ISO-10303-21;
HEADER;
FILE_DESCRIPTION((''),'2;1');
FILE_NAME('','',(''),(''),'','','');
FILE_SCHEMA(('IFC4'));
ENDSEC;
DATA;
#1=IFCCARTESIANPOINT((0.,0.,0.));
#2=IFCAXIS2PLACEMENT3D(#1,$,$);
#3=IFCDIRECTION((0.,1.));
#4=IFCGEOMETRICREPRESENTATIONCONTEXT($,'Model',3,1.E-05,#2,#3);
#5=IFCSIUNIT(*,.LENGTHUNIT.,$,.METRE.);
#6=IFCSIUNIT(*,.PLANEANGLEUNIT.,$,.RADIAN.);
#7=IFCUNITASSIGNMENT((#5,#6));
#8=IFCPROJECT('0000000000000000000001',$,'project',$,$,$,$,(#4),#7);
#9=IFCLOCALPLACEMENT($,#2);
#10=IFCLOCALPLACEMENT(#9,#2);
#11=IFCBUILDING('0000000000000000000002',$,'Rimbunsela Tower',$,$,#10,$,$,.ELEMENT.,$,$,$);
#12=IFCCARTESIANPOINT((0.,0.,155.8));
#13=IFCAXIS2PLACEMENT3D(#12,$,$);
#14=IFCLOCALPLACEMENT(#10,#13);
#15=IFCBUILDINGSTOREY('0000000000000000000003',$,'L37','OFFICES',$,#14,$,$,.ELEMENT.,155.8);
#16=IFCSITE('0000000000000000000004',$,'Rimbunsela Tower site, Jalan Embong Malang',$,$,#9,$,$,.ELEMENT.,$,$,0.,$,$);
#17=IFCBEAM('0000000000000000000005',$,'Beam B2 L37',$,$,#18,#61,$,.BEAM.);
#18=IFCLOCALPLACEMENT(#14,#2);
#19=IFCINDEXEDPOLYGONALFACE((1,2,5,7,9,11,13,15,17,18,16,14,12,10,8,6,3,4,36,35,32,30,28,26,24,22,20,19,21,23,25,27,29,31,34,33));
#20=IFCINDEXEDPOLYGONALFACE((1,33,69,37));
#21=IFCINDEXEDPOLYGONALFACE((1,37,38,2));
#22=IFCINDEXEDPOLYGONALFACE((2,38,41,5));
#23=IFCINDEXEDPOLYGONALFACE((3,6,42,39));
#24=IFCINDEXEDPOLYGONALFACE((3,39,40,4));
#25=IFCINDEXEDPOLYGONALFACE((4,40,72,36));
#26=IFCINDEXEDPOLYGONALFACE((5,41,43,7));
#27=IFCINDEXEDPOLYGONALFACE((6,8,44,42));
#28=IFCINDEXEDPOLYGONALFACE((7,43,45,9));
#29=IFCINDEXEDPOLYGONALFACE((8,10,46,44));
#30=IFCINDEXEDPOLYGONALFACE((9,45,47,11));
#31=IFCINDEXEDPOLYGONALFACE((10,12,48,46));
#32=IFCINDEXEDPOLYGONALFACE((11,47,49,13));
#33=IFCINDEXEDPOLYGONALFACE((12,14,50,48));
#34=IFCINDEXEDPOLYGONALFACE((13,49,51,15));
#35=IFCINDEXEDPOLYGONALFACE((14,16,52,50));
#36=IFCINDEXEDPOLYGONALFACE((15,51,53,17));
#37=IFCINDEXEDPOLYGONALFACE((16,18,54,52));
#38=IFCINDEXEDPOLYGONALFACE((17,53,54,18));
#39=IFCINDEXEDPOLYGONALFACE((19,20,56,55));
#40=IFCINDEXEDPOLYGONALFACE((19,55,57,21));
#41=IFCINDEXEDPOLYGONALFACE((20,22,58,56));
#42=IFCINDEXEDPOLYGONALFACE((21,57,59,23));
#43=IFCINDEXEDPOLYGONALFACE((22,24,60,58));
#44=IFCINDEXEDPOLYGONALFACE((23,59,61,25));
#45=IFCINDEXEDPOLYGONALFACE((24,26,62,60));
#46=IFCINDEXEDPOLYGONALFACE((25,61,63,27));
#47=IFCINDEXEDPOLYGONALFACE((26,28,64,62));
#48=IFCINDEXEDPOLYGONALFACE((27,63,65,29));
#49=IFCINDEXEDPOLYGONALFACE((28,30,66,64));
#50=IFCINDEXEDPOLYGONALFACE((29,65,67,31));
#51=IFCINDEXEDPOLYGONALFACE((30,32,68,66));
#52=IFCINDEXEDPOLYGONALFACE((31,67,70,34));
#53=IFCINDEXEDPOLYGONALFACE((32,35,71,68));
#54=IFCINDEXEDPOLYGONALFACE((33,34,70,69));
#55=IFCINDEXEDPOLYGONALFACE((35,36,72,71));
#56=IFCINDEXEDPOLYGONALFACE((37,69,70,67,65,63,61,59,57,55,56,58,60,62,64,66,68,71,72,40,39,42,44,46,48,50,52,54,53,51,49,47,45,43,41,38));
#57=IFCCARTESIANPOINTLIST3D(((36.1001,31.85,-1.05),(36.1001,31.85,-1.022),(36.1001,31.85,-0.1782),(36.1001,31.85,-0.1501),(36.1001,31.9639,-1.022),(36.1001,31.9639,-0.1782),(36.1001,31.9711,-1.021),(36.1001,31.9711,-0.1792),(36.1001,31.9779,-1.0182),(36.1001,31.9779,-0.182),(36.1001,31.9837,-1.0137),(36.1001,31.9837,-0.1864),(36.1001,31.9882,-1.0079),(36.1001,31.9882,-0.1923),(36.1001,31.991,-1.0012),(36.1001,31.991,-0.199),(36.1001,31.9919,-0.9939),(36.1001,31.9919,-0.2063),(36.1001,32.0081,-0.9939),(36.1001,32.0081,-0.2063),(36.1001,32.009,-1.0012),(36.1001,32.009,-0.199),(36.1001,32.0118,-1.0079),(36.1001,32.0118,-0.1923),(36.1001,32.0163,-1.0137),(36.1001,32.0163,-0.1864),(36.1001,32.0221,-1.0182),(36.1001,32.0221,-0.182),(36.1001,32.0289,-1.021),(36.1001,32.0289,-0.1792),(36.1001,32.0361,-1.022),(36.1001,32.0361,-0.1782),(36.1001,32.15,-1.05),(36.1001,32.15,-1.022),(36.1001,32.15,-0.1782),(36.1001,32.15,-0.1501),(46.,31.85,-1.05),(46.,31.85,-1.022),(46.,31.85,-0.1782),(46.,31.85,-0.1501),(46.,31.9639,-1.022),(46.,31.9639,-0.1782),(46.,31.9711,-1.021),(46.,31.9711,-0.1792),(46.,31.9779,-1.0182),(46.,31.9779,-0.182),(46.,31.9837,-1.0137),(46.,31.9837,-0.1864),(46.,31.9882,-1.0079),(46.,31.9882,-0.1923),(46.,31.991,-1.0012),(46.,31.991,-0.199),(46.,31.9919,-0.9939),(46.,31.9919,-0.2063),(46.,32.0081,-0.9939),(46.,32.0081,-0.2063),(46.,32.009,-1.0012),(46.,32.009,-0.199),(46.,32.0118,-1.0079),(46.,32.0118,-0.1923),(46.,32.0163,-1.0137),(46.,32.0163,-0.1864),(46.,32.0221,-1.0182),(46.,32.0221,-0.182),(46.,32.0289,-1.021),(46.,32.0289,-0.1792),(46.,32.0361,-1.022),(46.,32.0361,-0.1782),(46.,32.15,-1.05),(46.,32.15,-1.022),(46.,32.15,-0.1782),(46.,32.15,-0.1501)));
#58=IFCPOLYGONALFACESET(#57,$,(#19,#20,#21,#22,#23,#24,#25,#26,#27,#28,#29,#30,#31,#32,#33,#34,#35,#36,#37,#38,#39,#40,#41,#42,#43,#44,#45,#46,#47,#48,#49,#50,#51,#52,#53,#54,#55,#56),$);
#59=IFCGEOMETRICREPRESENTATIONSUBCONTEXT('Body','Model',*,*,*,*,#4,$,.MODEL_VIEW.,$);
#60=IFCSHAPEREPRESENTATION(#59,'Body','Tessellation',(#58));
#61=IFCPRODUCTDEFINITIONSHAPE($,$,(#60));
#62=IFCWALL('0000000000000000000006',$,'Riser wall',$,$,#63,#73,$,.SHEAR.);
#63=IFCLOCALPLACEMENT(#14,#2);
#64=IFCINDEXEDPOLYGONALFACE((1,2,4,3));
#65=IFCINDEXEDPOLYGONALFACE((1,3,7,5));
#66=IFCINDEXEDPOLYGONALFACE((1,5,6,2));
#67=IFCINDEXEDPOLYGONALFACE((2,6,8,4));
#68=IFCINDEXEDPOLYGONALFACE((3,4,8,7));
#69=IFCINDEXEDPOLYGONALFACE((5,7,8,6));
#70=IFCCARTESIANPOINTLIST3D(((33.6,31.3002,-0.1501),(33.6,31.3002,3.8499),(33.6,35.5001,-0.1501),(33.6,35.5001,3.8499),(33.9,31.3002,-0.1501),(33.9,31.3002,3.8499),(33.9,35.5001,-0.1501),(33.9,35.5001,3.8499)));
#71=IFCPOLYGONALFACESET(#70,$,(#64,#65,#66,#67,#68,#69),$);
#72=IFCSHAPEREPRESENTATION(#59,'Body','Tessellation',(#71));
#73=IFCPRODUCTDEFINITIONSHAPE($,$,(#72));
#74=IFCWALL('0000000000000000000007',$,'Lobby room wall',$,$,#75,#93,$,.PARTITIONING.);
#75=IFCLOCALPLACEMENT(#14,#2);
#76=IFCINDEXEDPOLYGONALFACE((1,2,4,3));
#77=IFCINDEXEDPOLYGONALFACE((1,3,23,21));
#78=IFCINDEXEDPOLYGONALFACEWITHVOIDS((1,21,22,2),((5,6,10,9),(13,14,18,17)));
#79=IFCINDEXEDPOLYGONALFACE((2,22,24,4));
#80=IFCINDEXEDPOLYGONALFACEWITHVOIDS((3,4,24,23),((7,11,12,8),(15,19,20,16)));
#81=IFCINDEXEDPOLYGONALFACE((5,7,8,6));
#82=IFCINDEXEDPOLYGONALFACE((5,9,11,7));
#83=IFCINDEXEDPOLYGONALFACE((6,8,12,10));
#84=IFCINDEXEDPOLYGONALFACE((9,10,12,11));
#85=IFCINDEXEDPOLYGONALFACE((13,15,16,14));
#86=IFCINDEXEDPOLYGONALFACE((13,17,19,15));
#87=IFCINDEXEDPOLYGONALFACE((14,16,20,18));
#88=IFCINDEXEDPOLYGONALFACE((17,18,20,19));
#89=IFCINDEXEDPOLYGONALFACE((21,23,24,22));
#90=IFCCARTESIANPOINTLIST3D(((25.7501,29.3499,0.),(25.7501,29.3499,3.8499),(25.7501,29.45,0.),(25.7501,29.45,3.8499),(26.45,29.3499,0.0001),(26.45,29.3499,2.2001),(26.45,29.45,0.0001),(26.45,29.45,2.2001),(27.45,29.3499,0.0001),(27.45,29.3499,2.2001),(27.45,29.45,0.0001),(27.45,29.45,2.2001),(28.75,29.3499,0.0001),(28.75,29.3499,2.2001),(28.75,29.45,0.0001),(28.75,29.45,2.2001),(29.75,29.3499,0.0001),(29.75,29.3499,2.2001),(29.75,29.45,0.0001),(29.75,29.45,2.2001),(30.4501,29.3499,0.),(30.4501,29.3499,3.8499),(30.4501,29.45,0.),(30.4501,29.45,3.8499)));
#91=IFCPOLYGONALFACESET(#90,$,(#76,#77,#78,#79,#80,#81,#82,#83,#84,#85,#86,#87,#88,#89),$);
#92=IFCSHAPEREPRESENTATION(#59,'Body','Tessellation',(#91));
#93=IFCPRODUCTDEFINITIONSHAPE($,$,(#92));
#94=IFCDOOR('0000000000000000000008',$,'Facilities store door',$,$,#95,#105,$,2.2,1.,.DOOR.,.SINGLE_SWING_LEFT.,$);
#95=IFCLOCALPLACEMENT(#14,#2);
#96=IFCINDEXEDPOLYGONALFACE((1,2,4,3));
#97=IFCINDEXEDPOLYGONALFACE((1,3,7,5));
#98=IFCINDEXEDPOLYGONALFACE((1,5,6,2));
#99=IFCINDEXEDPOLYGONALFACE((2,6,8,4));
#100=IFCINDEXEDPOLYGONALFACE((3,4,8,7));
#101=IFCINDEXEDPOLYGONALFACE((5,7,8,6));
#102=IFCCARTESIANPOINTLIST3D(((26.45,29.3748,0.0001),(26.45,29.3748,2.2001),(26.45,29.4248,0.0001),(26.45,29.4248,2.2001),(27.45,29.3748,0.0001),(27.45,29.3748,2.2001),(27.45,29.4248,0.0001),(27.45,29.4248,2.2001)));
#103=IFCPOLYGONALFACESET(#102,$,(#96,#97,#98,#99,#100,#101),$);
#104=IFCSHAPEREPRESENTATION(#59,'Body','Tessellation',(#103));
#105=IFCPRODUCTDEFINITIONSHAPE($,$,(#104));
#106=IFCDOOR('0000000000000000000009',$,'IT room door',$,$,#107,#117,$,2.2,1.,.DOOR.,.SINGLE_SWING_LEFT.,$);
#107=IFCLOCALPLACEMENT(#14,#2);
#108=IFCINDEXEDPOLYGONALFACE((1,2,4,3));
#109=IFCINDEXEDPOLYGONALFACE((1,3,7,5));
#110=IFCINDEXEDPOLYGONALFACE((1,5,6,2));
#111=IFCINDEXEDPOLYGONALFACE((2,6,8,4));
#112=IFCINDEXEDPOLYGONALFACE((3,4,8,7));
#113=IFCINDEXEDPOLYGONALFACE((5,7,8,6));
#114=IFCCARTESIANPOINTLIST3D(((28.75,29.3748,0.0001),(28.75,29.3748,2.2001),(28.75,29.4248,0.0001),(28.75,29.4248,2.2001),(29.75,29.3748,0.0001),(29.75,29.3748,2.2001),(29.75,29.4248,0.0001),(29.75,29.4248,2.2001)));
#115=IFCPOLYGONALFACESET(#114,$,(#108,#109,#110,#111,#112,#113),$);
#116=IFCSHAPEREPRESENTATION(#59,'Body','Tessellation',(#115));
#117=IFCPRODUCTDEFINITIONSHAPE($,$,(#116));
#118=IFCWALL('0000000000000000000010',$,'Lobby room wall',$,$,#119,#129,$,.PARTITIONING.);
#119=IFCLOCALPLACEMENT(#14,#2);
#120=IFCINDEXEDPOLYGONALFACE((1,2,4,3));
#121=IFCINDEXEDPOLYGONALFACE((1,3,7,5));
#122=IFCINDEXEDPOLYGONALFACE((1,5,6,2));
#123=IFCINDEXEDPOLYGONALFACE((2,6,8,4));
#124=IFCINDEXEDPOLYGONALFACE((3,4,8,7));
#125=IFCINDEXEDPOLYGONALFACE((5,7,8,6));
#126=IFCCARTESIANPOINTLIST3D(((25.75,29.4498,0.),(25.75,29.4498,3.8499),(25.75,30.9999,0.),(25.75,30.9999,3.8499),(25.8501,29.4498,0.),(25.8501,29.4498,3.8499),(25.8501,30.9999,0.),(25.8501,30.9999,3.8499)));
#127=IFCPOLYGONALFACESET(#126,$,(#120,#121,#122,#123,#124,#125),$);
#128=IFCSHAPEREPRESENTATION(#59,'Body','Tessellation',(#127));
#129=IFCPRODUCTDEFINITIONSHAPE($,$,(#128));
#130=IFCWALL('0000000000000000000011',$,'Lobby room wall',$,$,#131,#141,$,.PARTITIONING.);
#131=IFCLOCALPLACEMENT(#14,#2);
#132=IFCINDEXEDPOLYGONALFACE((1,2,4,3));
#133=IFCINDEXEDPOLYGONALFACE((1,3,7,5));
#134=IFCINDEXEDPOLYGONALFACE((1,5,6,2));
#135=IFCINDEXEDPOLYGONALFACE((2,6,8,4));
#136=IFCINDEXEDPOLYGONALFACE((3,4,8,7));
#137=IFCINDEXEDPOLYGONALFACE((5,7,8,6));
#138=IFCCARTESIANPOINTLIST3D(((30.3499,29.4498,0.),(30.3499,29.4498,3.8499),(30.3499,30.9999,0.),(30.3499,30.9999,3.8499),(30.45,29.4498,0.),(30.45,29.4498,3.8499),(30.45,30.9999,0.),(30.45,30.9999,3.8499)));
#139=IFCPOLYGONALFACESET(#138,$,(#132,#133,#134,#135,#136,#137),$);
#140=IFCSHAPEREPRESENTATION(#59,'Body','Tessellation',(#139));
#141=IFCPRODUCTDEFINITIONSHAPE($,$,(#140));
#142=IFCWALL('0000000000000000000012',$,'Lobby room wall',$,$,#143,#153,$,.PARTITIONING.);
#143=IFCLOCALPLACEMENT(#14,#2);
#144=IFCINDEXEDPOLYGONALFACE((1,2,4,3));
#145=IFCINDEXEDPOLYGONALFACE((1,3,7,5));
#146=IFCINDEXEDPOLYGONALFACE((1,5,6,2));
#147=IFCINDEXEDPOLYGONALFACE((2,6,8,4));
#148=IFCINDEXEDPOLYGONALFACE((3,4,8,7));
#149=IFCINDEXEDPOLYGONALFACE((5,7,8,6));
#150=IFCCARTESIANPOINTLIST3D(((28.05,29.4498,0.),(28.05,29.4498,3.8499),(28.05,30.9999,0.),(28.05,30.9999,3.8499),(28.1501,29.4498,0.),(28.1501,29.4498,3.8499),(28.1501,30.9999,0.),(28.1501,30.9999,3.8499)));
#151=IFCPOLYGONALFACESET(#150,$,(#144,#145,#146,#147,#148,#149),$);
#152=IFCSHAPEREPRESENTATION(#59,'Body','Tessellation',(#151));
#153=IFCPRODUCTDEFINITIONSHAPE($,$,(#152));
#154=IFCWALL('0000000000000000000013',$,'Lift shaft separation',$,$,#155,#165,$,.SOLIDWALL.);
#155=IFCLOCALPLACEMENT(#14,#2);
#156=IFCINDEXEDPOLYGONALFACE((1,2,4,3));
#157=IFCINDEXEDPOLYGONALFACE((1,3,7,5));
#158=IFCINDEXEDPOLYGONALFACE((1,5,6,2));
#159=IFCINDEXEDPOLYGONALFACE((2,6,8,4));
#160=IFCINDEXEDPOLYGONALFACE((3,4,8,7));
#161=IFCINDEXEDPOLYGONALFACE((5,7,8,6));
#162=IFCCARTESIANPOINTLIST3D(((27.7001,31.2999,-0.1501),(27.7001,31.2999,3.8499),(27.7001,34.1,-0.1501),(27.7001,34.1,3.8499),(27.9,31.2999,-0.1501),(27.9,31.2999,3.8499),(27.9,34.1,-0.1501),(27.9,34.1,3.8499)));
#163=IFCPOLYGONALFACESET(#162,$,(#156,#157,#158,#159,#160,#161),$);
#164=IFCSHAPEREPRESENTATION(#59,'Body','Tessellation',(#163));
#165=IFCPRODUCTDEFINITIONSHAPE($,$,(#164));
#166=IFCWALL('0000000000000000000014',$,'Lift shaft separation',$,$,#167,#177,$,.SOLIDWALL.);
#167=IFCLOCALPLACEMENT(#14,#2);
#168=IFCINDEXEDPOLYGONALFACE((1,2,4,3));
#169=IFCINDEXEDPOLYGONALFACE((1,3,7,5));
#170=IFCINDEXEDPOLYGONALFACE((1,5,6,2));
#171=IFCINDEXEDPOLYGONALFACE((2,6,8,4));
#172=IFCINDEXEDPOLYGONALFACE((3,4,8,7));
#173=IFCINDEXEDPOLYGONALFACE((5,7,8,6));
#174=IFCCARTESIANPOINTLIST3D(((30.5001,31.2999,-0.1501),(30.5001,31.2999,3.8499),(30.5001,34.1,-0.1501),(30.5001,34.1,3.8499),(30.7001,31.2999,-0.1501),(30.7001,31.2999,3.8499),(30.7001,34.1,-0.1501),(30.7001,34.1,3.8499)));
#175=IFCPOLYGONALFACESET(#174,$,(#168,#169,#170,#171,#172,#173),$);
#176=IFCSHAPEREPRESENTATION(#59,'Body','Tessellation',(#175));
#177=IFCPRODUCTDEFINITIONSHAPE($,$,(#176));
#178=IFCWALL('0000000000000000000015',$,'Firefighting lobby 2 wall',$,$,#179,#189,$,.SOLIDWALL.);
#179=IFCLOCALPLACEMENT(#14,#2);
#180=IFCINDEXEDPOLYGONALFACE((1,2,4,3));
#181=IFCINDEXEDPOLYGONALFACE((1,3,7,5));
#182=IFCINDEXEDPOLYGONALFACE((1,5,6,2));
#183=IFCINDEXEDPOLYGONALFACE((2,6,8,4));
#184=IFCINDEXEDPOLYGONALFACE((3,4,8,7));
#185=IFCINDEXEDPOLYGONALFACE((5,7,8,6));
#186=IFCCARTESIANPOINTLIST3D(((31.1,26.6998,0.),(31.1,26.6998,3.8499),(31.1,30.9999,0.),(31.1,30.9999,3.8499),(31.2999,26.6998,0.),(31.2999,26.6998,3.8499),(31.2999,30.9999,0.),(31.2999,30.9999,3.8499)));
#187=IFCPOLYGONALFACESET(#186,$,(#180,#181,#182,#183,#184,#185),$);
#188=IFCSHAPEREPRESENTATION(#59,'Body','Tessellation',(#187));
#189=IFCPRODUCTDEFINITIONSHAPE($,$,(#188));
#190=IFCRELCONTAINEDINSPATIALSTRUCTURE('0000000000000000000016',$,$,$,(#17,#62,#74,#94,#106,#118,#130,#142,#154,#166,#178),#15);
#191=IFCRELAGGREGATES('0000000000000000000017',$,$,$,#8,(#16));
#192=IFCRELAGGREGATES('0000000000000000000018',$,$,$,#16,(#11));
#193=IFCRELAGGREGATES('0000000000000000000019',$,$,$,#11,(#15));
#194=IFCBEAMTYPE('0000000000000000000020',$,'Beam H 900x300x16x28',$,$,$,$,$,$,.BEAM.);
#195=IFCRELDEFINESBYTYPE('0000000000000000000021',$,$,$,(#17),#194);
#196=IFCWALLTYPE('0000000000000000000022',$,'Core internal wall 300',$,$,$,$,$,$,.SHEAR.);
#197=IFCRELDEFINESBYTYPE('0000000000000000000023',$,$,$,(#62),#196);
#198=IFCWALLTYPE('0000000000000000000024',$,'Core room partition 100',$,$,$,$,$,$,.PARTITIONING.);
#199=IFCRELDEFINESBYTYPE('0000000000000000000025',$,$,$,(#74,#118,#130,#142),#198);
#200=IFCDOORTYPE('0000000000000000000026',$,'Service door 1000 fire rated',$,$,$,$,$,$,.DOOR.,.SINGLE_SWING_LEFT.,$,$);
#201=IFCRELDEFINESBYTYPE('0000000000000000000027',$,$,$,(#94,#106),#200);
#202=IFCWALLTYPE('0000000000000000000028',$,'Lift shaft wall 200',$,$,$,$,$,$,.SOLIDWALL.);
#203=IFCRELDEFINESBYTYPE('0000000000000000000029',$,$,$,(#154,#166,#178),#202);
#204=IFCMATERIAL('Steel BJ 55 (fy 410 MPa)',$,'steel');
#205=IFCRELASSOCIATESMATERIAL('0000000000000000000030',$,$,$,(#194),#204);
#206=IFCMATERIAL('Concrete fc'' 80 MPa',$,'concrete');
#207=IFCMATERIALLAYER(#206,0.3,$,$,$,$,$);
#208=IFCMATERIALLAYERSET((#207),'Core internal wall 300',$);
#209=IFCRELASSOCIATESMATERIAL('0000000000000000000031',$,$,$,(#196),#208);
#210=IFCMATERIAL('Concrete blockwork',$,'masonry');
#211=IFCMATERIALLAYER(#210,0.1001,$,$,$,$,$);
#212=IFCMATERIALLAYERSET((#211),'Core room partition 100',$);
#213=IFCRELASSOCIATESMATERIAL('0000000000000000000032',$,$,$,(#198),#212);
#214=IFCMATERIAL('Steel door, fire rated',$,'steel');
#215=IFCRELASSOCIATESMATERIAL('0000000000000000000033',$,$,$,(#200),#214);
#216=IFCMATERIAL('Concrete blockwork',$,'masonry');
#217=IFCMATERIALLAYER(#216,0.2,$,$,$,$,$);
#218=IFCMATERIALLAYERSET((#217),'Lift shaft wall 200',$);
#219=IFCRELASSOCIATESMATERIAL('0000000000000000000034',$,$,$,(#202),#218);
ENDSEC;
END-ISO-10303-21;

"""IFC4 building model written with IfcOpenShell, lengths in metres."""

from ifc_helpers import new_model, si_unit, direction, frame, frame_2d, origin, origin_2d, place, context, subcontext, project, spatial, rectangle, i_section, extrude, material, layer, layer_set, material_profile, profile_set, type_object, element, fill, save


model = new_model("IFC4")

# Units and contexts
model_context = context("Model", 3, precision=1e-05, world=origin(), true_north=direction((0.0, 1.0)))
body_context = subcontext(model_context, "Body", "Model", "MODEL_VIEW")
ifc_project = project(units=[si_unit("LENGTHUNIT", "METRE"), si_unit("PLANEANGLEUNIT", "RADIAN")], contexts=[model_context])

# Site, building, storey
site_placement = place(None, origin())
site = spatial("IfcSite", under=ifc_project, at=site_placement, Name="Rimbunsela Tower site, Jalan Embong Malang", CompositionType="ELEMENT", RefElevation=0.0)
building_placement = place(site_placement, origin())
building = spatial("IfcBuilding", under=site, at=building_placement, Name="Rimbunsela Tower", CompositionType="ELEMENT")
storey_placement = place(building_placement, frame((0.0, 0.0, 155.8)))
storey = spatial("IfcBuildingStorey", under=building, at=storey_placement, Name="L37", Description="OFFICES", CompositionType="ELEMENT", Elevation=155.8)

# Beam
ifc_material_1 = material(Name="Steel BJ 55 (fy 410 MPa)", Category="steel")
ifc_material_profile_1 = material_profile(ifc_material_1, i_section(OverallWidth=0.3, OverallDepth=0.8999, WebThickness=0.0161, FlangeThickness=0.0281, FilletRadius=0.0281, at=origin_2d()), Name="H 900x300x16x28")
ifc_profile_set_1 = profile_set([ifc_material_profile_1], Name="Steel BJ 55 (fy 410 MPa)")
beam_type_1 = type_object("IfcBeamType", Name="Beam H 900x300x16x28", PredefinedType="BEAM", material=ifc_profile_set_1)
for number, where, z_axis, x_axis, name in (
    (1, (36.1001, 32.0, -0.6001), (1.0, 0.0, 0.0), (0.0, 1.0, 0.0), "Beam B2 L37"),
):
    element("IfcBeam", number, at=place(storey_placement, frame(where, z_axis=z_axis, x_axis=x_axis)), inside=storey, type_object=beam_type_1, Name=name, PredefinedType="BEAM", context=body_context, shape_type="SweptSolid", body=[
        extrude(i_section(OverallWidth=0.3, OverallDepth=0.8999, WebThickness=0.0161, FlangeThickness=0.0281, FilletRadius=0.0281, at=origin_2d()), origin(), (0.0, 0.0, 1.0), 9.8999),
    ])

# Wall
ifc_material_2 = material(Name="Concrete fc' 80 MPa", Category="concrete")
ifc_layer_1 = layer(ifc_material_2, 0.3)
ifc_layer_set_1 = layer_set([ifc_layer_1], Name="Core internal wall 300")
wall_type_1 = type_object("IfcWallType", Name="Core internal wall 300", PredefinedType="SHEAR", material=ifc_layer_set_1)
wall_1_placement = place(storey_placement, frame((33.75, 31.3, -0.1501), z_axis=(0.0, 0.0, 1.0), x_axis=(0.0, 1.0, 0.0)))
element("IfcWall", 2, at=wall_1_placement, inside=storey, type_object=wall_type_1, Name="Riser wall", PredefinedType="SHEAR", context=body_context, shape_type="SweptSolid", body=[
    extrude(rectangle(XDim=4.2, YDim=0.3, at=frame_2d((2.1001, 0.0))), origin(), (0.0, 0.0, 1.0), 4.0),
])

# Wall, openings, doors
ifc_material_3 = material(Name="Concrete blockwork", Category="masonry")
ifc_layer_2 = layer(ifc_material_3, 0.1001)
ifc_layer_set_2 = layer_set([ifc_layer_2], Name="Core room partition 100")
wall_type_2 = type_object("IfcWallType", Name="Core room partition 100", PredefinedType="PARTITIONING", material=ifc_layer_set_2)
wall_2_placement = place(storey_placement, frame((25.75, 29.3999, 0.0), z_axis=(0.0, 0.0, 1.0), x_axis=(1.0, 0.0, 0.0)))
wall_2 = element("IfcWall", 3, at=wall_2_placement, inside=storey, type_object=wall_type_2, Name="Lobby room wall", PredefinedType="PARTITIONING", context=body_context, shape_type="SweptSolid", body=[
    extrude(rectangle(XDim=4.7, YDim=0.1001, at=frame_2d((2.3501, 0.0))), origin(), (0.0, 0.0, 1.0), 3.8499),
])
opening_1_placement = place(wall_2_placement, frame((0.7, 0.0, 0.0)))
opening_1 = element("IfcOpeningElement", 4, at=opening_1_placement, cuts=wall_2, PredefinedType="OPENING", context=body_context, shape_type="SweptSolid", body=[
    extrude(rectangle(XDim=1.0, YDim=2.2, at=frame_2d((0.5, 1.1001))), frame((0.0, 0.0601, 0.0), z_axis=(0.0, -1.0, 0.0), x_axis=(1.0, 0.0, 0.0)), (0.0, 0.0, 1.0), 0.1201),
])
opening_2_placement = place(wall_2_placement, frame((3.0, 0.0, 0.0)))
opening_2 = element("IfcOpeningElement", 5, at=opening_2_placement, cuts=wall_2, PredefinedType="OPENING", context=body_context, shape_type="SweptSolid", body=[
    extrude(rectangle(XDim=1.0, YDim=2.2, at=frame_2d((0.5, 1.1001))), frame((0.0, 0.0601, 0.0), z_axis=(0.0, -1.0, 0.0), x_axis=(1.0, 0.0, 0.0)), (0.0, 0.0, 1.0), 0.1201),
])
ifc_material_4 = material(Name="Steel door, fire rated", Category="steel")
door_type = type_object("IfcDoorType", Name="Service door 1000 fire rated", OperationType="SINGLE_SWING_LEFT", PredefinedType="DOOR", material=ifc_material_4)
door_1_placement = place(opening_1_placement, origin())
door_1 = element("IfcDoor", 6, at=door_1_placement, inside=storey, type_object=door_type, Name="Facilities store door", OperationType="SINGLE_SWING_LEFT", OverallHeight=2.2, OverallWidth=1.0, PredefinedType="DOOR", context=body_context, shape_type="SweptSolid", body=[
    extrude(rectangle(XDim=1.0, YDim=2.2, at=frame_2d((0.5, 1.1001))), frame((0.0, 0.0249, 0.0), z_axis=(0.0, -1.0, 0.0), x_axis=(1.0, 0.0, 0.0)), (0.0, 0.0, 1.0), 0.05),
])
fill(opening_1, door_1)
door_2_placement = place(opening_2_placement, origin())
door_2 = element("IfcDoor", 7, at=door_2_placement, inside=storey, type_object=door_type, Name="IT room door", OperationType="SINGLE_SWING_LEFT", OverallHeight=2.2, OverallWidth=1.0, PredefinedType="DOOR", context=body_context, shape_type="SweptSolid", body=[
    extrude(rectangle(XDim=1.0, YDim=2.2, at=frame_2d((0.5, 1.1001))), frame((0.0, 0.0249, 0.0), z_axis=(0.0, -1.0, 0.0), x_axis=(1.0, 0.0, 0.0)), (0.0, 0.0, 1.0), 0.05),
])
fill(opening_2, door_2)

# Walls
for number, where, z_axis, x_axis, name in (
    (8, (25.8, 29.45, 0.0), (0.0, 0.0, 1.0), (0.0, 1.0, 0.0), "Lobby room wall"),
    (9, (30.3999, 29.45, 0.0), (0.0, 0.0, 1.0), (0.0, 1.0, 0.0), "Lobby room wall"),
    (10, (28.1001, 29.45, 0.0), (0.0, 0.0, 1.0), (0.0, 1.0, 0.0), "Lobby room wall"),
):
    element("IfcWall", number, at=place(storey_placement, frame(where, z_axis=z_axis, x_axis=x_axis)), inside=storey, type_object=wall_type_2, Name=name, PredefinedType="PARTITIONING", context=body_context, shape_type="SweptSolid", body=[
        extrude(rectangle(XDim=1.55, YDim=0.1001, at=frame_2d((0.7749, 0.0))), origin(), (0.0, 0.0, 1.0), 3.8499),
    ])
ifc_material_5 = material(Name="Concrete blockwork", Category="masonry")
ifc_layer_3 = layer(ifc_material_5, 0.2)
ifc_layer_set_3 = layer_set([ifc_layer_3], Name="Lift shaft wall 200")
wall_type_3 = type_object("IfcWallType", Name="Lift shaft wall 200", PredefinedType="SOLIDWALL", material=ifc_layer_set_3)
for number, where, z_axis, x_axis, name in (
    (11, (27.8, 31.3, -0.1501), (0.0, 0.0, 1.0), (0.0, 1.0, 0.0), "Lift shaft separation"),
    (12, (30.6001, 31.3, -0.1501), (0.0, 0.0, 1.0), (0.0, 1.0, 0.0), "Lift shaft separation"),
):
    element("IfcWall", number, at=place(storey_placement, frame(where, z_axis=z_axis, x_axis=x_axis)), inside=storey, type_object=wall_type_3, Name=name, PredefinedType="SOLIDWALL", context=body_context, shape_type="SweptSolid", body=[
        extrude(rectangle(XDim=2.8, YDim=0.2, at=frame_2d((1.3999, 0.0))), origin(), (0.0, 0.0, 1.0), 4.0),
    ])
wall_3_placement = place(storey_placement, frame((31.2, 26.7, 0.0), z_axis=(0.0, 0.0, 1.0), x_axis=(0.0, 1.0, 0.0)))
element("IfcWall", 13, at=wall_3_placement, inside=storey, type_object=wall_type_3, Name="Firefighting lobby 2 wall", PredefinedType="SOLIDWALL", context=body_context, shape_type="SweptSolid", body=[
    extrude(rectangle(XDim=4.3, YDim=0.2, at=frame_2d((2.1499, 0.0))), origin(), (0.0, 0.0, 1.0), 3.8499),
])

save(model, "model.ifc")
